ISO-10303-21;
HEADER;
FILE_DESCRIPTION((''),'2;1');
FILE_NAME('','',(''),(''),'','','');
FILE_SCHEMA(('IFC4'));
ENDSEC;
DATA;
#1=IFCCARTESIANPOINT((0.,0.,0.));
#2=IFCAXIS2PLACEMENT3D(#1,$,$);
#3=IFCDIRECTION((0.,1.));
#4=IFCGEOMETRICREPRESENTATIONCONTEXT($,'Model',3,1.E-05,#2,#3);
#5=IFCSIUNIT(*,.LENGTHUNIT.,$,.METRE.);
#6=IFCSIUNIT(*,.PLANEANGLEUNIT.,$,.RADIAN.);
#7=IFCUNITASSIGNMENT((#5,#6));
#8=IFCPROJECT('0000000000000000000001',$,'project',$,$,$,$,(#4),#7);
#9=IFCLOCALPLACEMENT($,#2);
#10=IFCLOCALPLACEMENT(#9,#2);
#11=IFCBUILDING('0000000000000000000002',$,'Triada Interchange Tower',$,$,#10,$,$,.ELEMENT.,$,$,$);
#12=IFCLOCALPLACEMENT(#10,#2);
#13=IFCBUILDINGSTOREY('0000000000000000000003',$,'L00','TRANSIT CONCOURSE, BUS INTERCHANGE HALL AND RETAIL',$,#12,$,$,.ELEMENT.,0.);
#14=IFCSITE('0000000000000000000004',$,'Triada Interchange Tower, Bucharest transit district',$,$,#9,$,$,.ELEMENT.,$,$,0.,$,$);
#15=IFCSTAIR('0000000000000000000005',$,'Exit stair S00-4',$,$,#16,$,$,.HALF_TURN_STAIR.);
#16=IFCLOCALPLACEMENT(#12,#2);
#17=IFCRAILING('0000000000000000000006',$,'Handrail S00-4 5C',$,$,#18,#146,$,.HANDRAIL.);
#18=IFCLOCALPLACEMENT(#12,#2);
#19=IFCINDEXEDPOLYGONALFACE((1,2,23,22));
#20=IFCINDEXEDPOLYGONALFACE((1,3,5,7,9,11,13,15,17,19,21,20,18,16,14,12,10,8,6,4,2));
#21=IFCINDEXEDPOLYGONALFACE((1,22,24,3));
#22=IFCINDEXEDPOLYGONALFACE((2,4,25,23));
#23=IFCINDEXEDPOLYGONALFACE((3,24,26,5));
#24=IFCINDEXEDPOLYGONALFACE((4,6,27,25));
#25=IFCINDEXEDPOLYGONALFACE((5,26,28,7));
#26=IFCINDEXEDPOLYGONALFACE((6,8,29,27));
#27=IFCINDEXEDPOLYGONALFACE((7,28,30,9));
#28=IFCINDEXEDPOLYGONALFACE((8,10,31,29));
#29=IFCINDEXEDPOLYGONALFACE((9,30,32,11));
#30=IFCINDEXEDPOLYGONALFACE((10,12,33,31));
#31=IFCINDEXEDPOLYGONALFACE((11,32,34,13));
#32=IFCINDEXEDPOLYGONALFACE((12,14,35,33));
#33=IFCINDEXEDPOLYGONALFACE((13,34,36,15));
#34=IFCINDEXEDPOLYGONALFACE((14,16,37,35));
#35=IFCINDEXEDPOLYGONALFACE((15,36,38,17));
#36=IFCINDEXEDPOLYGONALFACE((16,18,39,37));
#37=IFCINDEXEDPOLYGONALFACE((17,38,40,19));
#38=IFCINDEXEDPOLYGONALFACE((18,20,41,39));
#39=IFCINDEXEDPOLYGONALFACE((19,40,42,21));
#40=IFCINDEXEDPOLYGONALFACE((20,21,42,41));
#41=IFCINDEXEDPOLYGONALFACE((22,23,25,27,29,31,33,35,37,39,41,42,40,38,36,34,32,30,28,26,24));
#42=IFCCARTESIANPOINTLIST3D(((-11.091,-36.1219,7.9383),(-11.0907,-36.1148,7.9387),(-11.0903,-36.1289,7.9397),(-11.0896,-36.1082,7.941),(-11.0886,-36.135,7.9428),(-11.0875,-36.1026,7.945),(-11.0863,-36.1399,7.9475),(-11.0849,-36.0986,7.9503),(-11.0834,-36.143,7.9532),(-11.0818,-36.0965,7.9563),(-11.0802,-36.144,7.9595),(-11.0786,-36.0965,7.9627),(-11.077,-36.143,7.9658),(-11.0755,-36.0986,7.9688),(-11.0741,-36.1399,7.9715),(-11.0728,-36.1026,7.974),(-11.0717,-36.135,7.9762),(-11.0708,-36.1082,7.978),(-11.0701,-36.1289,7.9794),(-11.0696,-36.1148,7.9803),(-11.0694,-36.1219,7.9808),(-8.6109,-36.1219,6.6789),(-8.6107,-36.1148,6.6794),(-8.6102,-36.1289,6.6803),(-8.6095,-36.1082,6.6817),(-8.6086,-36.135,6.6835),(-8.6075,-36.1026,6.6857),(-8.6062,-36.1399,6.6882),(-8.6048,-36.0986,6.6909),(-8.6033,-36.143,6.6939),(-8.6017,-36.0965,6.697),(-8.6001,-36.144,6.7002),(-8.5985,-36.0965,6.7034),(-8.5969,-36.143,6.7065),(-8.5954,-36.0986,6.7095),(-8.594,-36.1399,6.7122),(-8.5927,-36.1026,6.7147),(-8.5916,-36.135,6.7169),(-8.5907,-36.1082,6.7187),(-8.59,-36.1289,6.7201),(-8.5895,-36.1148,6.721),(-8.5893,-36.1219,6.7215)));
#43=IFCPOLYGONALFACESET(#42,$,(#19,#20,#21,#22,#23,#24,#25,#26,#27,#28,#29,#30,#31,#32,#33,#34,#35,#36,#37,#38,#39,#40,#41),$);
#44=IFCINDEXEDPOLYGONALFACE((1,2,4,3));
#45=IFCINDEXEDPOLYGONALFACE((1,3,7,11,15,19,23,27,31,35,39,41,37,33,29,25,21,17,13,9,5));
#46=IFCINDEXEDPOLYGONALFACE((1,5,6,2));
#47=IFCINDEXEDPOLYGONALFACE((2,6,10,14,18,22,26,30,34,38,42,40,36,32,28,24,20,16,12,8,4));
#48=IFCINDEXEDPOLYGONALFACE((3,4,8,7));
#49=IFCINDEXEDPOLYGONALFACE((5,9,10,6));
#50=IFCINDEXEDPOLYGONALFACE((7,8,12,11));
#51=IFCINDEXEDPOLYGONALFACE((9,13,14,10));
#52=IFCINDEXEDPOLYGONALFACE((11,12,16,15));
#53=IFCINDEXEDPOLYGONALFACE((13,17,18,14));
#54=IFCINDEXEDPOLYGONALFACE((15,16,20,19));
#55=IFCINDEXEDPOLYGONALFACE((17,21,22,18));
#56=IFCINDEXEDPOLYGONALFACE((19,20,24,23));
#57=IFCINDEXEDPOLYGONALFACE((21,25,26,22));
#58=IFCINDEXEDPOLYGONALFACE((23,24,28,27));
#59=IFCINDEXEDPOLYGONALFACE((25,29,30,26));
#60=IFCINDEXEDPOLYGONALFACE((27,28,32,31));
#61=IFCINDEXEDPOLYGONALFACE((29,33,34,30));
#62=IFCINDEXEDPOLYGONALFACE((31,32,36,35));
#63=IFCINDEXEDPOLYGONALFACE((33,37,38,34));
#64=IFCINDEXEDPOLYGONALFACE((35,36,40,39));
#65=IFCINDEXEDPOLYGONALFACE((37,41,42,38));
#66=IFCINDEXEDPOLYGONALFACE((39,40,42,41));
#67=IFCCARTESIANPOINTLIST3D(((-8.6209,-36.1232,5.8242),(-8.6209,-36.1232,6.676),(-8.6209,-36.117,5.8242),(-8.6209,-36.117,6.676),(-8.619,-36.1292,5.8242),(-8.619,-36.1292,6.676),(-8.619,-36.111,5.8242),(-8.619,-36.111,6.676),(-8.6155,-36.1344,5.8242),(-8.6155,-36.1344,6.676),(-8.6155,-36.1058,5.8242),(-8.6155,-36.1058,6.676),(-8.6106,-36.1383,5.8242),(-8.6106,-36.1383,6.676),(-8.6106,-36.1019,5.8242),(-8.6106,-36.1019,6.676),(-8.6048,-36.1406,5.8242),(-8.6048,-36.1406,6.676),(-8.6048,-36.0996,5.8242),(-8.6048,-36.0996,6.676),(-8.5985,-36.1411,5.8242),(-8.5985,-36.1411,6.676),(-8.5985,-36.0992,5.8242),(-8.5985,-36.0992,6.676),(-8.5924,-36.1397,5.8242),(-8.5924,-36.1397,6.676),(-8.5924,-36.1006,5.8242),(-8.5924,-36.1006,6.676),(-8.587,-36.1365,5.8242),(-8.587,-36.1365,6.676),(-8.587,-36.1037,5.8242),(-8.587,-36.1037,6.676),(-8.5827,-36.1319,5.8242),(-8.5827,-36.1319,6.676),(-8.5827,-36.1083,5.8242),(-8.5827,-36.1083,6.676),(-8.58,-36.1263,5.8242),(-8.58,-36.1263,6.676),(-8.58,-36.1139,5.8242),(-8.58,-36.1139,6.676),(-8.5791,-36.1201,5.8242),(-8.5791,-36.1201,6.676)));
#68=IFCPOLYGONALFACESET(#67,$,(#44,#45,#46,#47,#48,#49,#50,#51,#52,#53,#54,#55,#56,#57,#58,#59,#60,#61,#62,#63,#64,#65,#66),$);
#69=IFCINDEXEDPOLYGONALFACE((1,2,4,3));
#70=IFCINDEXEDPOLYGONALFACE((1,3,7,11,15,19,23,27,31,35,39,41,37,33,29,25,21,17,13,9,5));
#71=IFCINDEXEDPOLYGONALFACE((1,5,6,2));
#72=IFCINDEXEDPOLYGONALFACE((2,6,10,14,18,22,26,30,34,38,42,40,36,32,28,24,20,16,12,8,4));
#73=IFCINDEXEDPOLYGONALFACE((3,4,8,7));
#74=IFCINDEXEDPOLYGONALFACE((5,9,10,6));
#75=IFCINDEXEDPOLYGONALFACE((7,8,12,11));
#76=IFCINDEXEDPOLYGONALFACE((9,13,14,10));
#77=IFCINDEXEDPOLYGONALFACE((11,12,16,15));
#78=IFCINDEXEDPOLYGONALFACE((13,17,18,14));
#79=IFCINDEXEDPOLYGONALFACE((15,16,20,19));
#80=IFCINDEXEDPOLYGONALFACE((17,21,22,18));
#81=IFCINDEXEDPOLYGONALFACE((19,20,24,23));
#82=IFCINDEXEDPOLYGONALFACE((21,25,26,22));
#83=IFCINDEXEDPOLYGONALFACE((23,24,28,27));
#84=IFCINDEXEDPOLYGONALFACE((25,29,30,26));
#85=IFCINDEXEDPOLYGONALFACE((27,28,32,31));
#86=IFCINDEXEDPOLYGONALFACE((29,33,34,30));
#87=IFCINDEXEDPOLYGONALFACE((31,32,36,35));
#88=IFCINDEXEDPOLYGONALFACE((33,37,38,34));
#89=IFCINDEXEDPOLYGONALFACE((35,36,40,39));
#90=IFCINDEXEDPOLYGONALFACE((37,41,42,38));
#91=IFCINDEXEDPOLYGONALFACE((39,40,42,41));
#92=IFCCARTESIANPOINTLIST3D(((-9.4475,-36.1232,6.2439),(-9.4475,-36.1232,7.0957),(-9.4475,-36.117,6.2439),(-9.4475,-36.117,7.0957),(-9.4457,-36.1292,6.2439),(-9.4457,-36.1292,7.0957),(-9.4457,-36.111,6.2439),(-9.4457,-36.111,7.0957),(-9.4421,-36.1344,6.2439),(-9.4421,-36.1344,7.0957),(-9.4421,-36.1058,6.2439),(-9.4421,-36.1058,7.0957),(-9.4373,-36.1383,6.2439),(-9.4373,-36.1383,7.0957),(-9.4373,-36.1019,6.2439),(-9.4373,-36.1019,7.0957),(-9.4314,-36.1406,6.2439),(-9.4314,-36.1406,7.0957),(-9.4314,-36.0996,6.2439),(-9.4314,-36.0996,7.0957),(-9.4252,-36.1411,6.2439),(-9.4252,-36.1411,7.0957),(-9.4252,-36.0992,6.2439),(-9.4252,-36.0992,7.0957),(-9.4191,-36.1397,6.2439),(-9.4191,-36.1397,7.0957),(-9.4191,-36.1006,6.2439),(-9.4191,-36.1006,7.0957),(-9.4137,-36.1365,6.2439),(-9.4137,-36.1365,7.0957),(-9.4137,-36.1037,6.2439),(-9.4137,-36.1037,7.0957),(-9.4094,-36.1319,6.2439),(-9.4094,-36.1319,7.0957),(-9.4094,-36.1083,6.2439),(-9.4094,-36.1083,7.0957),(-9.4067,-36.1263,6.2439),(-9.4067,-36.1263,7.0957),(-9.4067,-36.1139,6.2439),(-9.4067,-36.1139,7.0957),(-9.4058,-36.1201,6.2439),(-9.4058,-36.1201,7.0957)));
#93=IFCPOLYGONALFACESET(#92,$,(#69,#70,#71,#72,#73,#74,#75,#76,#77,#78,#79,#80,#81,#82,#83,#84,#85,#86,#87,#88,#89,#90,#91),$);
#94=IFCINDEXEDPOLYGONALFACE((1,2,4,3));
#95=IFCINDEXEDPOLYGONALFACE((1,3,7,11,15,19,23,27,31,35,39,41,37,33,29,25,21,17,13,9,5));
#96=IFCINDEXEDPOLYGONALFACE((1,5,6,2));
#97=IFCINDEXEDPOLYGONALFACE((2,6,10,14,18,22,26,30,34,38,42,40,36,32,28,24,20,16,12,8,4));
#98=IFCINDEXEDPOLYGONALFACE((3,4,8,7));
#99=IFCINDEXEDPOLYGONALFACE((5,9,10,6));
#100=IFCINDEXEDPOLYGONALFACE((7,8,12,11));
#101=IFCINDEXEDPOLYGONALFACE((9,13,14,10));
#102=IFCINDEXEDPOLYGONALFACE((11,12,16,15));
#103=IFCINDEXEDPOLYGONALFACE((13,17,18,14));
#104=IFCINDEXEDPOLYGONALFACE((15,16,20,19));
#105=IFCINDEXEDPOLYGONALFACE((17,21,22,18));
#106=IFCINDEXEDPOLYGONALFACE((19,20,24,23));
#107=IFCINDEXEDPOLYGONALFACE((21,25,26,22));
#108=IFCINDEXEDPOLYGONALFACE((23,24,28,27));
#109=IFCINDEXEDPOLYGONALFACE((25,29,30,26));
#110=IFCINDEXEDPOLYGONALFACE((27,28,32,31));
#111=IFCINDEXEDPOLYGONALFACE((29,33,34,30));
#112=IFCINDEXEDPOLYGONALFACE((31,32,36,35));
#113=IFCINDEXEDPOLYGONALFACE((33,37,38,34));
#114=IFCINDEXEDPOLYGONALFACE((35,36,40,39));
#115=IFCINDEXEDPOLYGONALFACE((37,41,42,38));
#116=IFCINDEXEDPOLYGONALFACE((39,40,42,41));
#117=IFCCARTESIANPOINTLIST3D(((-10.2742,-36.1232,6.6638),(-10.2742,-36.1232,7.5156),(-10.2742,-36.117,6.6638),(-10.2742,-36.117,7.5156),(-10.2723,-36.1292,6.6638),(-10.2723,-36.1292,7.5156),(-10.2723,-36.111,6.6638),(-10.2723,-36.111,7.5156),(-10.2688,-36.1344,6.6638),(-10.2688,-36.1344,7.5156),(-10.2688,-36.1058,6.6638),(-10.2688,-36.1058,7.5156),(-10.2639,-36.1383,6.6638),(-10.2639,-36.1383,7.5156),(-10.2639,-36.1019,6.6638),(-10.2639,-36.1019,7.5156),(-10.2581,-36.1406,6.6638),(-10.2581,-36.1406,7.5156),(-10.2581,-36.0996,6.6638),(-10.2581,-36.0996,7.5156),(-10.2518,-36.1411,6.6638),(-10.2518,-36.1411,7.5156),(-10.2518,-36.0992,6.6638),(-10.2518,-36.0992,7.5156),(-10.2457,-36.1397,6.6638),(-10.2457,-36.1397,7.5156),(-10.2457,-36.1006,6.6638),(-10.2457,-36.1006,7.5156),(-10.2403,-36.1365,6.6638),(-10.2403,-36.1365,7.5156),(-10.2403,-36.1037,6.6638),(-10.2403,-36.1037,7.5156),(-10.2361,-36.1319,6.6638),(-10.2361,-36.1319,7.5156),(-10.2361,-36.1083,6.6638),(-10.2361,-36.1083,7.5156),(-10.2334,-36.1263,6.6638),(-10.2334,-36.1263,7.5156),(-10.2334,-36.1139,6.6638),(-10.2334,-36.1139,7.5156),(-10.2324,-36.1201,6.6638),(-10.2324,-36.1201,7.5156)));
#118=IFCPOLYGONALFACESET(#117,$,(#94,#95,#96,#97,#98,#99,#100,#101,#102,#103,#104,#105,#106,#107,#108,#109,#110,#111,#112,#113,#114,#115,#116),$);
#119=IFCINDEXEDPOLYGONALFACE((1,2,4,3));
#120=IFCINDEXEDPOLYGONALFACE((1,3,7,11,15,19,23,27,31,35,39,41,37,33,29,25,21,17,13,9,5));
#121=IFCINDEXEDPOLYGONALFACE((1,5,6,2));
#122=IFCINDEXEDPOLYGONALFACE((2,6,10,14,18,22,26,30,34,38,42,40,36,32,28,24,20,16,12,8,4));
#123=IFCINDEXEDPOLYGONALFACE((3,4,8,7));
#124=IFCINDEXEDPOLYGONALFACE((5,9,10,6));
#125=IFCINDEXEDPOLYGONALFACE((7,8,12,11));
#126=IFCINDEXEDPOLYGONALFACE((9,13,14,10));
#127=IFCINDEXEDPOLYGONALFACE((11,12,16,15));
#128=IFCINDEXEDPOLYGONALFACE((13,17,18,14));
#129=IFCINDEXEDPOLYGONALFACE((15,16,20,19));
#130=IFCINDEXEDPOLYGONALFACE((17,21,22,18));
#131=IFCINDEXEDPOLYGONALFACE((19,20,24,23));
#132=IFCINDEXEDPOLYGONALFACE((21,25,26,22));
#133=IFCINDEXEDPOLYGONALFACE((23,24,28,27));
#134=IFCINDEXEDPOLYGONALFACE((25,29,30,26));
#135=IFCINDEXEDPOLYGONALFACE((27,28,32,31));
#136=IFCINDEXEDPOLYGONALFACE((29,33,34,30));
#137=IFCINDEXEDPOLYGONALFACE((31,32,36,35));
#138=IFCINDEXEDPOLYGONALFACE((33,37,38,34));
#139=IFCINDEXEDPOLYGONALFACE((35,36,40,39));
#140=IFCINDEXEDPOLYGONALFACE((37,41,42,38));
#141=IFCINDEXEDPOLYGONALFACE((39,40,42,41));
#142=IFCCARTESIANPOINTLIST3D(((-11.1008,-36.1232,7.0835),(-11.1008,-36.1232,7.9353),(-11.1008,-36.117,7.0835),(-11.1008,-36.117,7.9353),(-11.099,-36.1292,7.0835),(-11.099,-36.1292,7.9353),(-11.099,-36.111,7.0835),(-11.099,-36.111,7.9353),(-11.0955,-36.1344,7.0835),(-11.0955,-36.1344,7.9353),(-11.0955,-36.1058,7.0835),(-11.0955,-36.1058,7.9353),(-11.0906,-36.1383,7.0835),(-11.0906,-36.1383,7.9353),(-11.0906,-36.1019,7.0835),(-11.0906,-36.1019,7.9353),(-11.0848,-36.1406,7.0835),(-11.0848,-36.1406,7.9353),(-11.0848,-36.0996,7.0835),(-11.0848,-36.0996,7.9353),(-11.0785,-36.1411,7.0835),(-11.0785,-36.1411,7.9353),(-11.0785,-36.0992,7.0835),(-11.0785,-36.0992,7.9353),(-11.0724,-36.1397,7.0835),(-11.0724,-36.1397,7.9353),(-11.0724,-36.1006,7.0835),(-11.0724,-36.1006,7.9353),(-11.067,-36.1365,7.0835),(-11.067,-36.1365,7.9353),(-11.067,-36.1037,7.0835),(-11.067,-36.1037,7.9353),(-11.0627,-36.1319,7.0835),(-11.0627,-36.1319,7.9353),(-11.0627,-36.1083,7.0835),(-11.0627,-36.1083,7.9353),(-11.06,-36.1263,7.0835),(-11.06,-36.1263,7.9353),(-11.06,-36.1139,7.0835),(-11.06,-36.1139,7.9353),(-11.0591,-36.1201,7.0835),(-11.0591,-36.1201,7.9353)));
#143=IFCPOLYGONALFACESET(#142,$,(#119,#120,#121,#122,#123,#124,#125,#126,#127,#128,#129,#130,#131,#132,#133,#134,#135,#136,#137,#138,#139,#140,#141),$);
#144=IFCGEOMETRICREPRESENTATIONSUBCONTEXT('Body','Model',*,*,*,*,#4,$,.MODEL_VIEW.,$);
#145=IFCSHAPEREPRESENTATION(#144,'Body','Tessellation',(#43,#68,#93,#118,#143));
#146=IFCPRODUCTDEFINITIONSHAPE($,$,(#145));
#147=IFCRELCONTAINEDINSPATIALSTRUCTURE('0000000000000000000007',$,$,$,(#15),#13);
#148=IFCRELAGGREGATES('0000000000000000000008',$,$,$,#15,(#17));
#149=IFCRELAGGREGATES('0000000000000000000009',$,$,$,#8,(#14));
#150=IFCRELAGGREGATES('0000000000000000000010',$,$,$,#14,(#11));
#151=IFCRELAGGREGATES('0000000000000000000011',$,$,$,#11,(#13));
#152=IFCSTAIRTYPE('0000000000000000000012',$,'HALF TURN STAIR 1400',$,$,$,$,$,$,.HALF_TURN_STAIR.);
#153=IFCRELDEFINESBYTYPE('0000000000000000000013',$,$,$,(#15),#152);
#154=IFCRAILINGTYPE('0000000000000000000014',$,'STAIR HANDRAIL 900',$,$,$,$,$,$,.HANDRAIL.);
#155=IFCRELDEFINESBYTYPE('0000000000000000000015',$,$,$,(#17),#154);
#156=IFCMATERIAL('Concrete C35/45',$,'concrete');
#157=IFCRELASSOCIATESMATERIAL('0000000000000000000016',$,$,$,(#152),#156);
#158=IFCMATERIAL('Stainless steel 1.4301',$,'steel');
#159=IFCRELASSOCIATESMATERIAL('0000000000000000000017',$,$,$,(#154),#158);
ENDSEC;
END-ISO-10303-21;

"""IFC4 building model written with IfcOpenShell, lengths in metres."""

from ifc_helpers import new_model, si_unit, direction, frame, origin, origin_2d, place, context, subcontext, project, spatial, circle, extrude, material, type_object, element, aggregate, save


model = new_model("IFC4")

# Units and contexts
model_context = context("Model", 3, precision=1e-05, world=origin(), true_north=direction((0.0, 1.0)))
body_context = subcontext(model_context, "Body", "Model", "MODEL_VIEW")
ifc_project = project(units=[si_unit("LENGTHUNIT", "METRE"), si_unit("PLANEANGLEUNIT", "RADIAN")], contexts=[model_context])

# Site, building, storey
site_placement = place(None, origin())
site = spatial("IfcSite", under=ifc_project, at=site_placement, Name="Triada Interchange Tower, Bucharest transit district", CompositionType="ELEMENT", RefElevation=0.0)
building_placement = place(site_placement, origin())
building = spatial("IfcBuilding", under=site, at=building_placement, Name="Triada Interchange Tower", CompositionType="ELEMENT")
storey_placement = place(building_placement, origin())
storey = spatial("IfcBuildingStorey", under=building, at=storey_placement, Name="L00", Description="TRANSIT CONCOURSE, BUS INTERCHANGE HALL AND RETAIL", CompositionType="ELEMENT", Elevation=0.0)

# Shared definitions
ifc_material_1 = material(Name="Concrete C35/45", Category="concrete")

# Stair
stair_type = type_object("IfcStairType", Name="HALF TURN STAIR 1400", PredefinedType="HALF_TURN_STAIR", material=ifc_material_1)
stair_1_placement = place(storey_placement, origin())
stair_1 = element("IfcStair", 1, at=stair_1_placement, inside=storey, type_object=stair_type, Name="Exit stair S00-4", PredefinedType="HALF_TURN_STAIR")

# Railing
ifc_material_2 = material(Name="Stainless steel 1.4301", Category="steel")
railing_type_1 = type_object("IfcRailingType", Name="STAIR HANDRAIL 900", PredefinedType="HANDRAIL", material=ifc_material_2)
railing_1_placement = place(storey_placement, frame((-8.6001, -36.1201, 5.8242)))
railing_1 = element("IfcRailing", 2, at=railing_1_placement, type_object=railing_type_1, Name="Handrail S00-4 5C", PredefinedType="HANDRAIL", context=body_context, shape_type="SweptSolid", body=[
    extrude(circle(Radius=0.0239, at=origin_2d()), frame((0.0, 0.0, 0.876), z_axis=(-0.891636, 0.0, 0.452752), x_axis=(0.0, -1.0, 0.0)), (0.0, 0.0, 1.0), 2.7815),
    extrude(circle(Radius=0.021, at=origin_2d()), origin(), (0.0, 0.0, 1.0), 0.8518),
    extrude(circle(Radius=0.021, at=origin_2d()), frame((-0.8267, 0.0, 0.4197)), (0.0, 0.0, 1.0), 0.8518),
    extrude(circle(Radius=0.021, at=origin_2d()), frame((-1.6533, 0.0, 0.8396)), (0.0, 0.0, 1.0), 0.8518),
    extrude(circle(Radius=0.021, at=origin_2d()), frame((-2.48, 0.0, 1.2593)), (0.0, 0.0, 1.0), 0.8518),
])
aggregate(stair_1, [railing_1])

save(model, "model.ifc")
